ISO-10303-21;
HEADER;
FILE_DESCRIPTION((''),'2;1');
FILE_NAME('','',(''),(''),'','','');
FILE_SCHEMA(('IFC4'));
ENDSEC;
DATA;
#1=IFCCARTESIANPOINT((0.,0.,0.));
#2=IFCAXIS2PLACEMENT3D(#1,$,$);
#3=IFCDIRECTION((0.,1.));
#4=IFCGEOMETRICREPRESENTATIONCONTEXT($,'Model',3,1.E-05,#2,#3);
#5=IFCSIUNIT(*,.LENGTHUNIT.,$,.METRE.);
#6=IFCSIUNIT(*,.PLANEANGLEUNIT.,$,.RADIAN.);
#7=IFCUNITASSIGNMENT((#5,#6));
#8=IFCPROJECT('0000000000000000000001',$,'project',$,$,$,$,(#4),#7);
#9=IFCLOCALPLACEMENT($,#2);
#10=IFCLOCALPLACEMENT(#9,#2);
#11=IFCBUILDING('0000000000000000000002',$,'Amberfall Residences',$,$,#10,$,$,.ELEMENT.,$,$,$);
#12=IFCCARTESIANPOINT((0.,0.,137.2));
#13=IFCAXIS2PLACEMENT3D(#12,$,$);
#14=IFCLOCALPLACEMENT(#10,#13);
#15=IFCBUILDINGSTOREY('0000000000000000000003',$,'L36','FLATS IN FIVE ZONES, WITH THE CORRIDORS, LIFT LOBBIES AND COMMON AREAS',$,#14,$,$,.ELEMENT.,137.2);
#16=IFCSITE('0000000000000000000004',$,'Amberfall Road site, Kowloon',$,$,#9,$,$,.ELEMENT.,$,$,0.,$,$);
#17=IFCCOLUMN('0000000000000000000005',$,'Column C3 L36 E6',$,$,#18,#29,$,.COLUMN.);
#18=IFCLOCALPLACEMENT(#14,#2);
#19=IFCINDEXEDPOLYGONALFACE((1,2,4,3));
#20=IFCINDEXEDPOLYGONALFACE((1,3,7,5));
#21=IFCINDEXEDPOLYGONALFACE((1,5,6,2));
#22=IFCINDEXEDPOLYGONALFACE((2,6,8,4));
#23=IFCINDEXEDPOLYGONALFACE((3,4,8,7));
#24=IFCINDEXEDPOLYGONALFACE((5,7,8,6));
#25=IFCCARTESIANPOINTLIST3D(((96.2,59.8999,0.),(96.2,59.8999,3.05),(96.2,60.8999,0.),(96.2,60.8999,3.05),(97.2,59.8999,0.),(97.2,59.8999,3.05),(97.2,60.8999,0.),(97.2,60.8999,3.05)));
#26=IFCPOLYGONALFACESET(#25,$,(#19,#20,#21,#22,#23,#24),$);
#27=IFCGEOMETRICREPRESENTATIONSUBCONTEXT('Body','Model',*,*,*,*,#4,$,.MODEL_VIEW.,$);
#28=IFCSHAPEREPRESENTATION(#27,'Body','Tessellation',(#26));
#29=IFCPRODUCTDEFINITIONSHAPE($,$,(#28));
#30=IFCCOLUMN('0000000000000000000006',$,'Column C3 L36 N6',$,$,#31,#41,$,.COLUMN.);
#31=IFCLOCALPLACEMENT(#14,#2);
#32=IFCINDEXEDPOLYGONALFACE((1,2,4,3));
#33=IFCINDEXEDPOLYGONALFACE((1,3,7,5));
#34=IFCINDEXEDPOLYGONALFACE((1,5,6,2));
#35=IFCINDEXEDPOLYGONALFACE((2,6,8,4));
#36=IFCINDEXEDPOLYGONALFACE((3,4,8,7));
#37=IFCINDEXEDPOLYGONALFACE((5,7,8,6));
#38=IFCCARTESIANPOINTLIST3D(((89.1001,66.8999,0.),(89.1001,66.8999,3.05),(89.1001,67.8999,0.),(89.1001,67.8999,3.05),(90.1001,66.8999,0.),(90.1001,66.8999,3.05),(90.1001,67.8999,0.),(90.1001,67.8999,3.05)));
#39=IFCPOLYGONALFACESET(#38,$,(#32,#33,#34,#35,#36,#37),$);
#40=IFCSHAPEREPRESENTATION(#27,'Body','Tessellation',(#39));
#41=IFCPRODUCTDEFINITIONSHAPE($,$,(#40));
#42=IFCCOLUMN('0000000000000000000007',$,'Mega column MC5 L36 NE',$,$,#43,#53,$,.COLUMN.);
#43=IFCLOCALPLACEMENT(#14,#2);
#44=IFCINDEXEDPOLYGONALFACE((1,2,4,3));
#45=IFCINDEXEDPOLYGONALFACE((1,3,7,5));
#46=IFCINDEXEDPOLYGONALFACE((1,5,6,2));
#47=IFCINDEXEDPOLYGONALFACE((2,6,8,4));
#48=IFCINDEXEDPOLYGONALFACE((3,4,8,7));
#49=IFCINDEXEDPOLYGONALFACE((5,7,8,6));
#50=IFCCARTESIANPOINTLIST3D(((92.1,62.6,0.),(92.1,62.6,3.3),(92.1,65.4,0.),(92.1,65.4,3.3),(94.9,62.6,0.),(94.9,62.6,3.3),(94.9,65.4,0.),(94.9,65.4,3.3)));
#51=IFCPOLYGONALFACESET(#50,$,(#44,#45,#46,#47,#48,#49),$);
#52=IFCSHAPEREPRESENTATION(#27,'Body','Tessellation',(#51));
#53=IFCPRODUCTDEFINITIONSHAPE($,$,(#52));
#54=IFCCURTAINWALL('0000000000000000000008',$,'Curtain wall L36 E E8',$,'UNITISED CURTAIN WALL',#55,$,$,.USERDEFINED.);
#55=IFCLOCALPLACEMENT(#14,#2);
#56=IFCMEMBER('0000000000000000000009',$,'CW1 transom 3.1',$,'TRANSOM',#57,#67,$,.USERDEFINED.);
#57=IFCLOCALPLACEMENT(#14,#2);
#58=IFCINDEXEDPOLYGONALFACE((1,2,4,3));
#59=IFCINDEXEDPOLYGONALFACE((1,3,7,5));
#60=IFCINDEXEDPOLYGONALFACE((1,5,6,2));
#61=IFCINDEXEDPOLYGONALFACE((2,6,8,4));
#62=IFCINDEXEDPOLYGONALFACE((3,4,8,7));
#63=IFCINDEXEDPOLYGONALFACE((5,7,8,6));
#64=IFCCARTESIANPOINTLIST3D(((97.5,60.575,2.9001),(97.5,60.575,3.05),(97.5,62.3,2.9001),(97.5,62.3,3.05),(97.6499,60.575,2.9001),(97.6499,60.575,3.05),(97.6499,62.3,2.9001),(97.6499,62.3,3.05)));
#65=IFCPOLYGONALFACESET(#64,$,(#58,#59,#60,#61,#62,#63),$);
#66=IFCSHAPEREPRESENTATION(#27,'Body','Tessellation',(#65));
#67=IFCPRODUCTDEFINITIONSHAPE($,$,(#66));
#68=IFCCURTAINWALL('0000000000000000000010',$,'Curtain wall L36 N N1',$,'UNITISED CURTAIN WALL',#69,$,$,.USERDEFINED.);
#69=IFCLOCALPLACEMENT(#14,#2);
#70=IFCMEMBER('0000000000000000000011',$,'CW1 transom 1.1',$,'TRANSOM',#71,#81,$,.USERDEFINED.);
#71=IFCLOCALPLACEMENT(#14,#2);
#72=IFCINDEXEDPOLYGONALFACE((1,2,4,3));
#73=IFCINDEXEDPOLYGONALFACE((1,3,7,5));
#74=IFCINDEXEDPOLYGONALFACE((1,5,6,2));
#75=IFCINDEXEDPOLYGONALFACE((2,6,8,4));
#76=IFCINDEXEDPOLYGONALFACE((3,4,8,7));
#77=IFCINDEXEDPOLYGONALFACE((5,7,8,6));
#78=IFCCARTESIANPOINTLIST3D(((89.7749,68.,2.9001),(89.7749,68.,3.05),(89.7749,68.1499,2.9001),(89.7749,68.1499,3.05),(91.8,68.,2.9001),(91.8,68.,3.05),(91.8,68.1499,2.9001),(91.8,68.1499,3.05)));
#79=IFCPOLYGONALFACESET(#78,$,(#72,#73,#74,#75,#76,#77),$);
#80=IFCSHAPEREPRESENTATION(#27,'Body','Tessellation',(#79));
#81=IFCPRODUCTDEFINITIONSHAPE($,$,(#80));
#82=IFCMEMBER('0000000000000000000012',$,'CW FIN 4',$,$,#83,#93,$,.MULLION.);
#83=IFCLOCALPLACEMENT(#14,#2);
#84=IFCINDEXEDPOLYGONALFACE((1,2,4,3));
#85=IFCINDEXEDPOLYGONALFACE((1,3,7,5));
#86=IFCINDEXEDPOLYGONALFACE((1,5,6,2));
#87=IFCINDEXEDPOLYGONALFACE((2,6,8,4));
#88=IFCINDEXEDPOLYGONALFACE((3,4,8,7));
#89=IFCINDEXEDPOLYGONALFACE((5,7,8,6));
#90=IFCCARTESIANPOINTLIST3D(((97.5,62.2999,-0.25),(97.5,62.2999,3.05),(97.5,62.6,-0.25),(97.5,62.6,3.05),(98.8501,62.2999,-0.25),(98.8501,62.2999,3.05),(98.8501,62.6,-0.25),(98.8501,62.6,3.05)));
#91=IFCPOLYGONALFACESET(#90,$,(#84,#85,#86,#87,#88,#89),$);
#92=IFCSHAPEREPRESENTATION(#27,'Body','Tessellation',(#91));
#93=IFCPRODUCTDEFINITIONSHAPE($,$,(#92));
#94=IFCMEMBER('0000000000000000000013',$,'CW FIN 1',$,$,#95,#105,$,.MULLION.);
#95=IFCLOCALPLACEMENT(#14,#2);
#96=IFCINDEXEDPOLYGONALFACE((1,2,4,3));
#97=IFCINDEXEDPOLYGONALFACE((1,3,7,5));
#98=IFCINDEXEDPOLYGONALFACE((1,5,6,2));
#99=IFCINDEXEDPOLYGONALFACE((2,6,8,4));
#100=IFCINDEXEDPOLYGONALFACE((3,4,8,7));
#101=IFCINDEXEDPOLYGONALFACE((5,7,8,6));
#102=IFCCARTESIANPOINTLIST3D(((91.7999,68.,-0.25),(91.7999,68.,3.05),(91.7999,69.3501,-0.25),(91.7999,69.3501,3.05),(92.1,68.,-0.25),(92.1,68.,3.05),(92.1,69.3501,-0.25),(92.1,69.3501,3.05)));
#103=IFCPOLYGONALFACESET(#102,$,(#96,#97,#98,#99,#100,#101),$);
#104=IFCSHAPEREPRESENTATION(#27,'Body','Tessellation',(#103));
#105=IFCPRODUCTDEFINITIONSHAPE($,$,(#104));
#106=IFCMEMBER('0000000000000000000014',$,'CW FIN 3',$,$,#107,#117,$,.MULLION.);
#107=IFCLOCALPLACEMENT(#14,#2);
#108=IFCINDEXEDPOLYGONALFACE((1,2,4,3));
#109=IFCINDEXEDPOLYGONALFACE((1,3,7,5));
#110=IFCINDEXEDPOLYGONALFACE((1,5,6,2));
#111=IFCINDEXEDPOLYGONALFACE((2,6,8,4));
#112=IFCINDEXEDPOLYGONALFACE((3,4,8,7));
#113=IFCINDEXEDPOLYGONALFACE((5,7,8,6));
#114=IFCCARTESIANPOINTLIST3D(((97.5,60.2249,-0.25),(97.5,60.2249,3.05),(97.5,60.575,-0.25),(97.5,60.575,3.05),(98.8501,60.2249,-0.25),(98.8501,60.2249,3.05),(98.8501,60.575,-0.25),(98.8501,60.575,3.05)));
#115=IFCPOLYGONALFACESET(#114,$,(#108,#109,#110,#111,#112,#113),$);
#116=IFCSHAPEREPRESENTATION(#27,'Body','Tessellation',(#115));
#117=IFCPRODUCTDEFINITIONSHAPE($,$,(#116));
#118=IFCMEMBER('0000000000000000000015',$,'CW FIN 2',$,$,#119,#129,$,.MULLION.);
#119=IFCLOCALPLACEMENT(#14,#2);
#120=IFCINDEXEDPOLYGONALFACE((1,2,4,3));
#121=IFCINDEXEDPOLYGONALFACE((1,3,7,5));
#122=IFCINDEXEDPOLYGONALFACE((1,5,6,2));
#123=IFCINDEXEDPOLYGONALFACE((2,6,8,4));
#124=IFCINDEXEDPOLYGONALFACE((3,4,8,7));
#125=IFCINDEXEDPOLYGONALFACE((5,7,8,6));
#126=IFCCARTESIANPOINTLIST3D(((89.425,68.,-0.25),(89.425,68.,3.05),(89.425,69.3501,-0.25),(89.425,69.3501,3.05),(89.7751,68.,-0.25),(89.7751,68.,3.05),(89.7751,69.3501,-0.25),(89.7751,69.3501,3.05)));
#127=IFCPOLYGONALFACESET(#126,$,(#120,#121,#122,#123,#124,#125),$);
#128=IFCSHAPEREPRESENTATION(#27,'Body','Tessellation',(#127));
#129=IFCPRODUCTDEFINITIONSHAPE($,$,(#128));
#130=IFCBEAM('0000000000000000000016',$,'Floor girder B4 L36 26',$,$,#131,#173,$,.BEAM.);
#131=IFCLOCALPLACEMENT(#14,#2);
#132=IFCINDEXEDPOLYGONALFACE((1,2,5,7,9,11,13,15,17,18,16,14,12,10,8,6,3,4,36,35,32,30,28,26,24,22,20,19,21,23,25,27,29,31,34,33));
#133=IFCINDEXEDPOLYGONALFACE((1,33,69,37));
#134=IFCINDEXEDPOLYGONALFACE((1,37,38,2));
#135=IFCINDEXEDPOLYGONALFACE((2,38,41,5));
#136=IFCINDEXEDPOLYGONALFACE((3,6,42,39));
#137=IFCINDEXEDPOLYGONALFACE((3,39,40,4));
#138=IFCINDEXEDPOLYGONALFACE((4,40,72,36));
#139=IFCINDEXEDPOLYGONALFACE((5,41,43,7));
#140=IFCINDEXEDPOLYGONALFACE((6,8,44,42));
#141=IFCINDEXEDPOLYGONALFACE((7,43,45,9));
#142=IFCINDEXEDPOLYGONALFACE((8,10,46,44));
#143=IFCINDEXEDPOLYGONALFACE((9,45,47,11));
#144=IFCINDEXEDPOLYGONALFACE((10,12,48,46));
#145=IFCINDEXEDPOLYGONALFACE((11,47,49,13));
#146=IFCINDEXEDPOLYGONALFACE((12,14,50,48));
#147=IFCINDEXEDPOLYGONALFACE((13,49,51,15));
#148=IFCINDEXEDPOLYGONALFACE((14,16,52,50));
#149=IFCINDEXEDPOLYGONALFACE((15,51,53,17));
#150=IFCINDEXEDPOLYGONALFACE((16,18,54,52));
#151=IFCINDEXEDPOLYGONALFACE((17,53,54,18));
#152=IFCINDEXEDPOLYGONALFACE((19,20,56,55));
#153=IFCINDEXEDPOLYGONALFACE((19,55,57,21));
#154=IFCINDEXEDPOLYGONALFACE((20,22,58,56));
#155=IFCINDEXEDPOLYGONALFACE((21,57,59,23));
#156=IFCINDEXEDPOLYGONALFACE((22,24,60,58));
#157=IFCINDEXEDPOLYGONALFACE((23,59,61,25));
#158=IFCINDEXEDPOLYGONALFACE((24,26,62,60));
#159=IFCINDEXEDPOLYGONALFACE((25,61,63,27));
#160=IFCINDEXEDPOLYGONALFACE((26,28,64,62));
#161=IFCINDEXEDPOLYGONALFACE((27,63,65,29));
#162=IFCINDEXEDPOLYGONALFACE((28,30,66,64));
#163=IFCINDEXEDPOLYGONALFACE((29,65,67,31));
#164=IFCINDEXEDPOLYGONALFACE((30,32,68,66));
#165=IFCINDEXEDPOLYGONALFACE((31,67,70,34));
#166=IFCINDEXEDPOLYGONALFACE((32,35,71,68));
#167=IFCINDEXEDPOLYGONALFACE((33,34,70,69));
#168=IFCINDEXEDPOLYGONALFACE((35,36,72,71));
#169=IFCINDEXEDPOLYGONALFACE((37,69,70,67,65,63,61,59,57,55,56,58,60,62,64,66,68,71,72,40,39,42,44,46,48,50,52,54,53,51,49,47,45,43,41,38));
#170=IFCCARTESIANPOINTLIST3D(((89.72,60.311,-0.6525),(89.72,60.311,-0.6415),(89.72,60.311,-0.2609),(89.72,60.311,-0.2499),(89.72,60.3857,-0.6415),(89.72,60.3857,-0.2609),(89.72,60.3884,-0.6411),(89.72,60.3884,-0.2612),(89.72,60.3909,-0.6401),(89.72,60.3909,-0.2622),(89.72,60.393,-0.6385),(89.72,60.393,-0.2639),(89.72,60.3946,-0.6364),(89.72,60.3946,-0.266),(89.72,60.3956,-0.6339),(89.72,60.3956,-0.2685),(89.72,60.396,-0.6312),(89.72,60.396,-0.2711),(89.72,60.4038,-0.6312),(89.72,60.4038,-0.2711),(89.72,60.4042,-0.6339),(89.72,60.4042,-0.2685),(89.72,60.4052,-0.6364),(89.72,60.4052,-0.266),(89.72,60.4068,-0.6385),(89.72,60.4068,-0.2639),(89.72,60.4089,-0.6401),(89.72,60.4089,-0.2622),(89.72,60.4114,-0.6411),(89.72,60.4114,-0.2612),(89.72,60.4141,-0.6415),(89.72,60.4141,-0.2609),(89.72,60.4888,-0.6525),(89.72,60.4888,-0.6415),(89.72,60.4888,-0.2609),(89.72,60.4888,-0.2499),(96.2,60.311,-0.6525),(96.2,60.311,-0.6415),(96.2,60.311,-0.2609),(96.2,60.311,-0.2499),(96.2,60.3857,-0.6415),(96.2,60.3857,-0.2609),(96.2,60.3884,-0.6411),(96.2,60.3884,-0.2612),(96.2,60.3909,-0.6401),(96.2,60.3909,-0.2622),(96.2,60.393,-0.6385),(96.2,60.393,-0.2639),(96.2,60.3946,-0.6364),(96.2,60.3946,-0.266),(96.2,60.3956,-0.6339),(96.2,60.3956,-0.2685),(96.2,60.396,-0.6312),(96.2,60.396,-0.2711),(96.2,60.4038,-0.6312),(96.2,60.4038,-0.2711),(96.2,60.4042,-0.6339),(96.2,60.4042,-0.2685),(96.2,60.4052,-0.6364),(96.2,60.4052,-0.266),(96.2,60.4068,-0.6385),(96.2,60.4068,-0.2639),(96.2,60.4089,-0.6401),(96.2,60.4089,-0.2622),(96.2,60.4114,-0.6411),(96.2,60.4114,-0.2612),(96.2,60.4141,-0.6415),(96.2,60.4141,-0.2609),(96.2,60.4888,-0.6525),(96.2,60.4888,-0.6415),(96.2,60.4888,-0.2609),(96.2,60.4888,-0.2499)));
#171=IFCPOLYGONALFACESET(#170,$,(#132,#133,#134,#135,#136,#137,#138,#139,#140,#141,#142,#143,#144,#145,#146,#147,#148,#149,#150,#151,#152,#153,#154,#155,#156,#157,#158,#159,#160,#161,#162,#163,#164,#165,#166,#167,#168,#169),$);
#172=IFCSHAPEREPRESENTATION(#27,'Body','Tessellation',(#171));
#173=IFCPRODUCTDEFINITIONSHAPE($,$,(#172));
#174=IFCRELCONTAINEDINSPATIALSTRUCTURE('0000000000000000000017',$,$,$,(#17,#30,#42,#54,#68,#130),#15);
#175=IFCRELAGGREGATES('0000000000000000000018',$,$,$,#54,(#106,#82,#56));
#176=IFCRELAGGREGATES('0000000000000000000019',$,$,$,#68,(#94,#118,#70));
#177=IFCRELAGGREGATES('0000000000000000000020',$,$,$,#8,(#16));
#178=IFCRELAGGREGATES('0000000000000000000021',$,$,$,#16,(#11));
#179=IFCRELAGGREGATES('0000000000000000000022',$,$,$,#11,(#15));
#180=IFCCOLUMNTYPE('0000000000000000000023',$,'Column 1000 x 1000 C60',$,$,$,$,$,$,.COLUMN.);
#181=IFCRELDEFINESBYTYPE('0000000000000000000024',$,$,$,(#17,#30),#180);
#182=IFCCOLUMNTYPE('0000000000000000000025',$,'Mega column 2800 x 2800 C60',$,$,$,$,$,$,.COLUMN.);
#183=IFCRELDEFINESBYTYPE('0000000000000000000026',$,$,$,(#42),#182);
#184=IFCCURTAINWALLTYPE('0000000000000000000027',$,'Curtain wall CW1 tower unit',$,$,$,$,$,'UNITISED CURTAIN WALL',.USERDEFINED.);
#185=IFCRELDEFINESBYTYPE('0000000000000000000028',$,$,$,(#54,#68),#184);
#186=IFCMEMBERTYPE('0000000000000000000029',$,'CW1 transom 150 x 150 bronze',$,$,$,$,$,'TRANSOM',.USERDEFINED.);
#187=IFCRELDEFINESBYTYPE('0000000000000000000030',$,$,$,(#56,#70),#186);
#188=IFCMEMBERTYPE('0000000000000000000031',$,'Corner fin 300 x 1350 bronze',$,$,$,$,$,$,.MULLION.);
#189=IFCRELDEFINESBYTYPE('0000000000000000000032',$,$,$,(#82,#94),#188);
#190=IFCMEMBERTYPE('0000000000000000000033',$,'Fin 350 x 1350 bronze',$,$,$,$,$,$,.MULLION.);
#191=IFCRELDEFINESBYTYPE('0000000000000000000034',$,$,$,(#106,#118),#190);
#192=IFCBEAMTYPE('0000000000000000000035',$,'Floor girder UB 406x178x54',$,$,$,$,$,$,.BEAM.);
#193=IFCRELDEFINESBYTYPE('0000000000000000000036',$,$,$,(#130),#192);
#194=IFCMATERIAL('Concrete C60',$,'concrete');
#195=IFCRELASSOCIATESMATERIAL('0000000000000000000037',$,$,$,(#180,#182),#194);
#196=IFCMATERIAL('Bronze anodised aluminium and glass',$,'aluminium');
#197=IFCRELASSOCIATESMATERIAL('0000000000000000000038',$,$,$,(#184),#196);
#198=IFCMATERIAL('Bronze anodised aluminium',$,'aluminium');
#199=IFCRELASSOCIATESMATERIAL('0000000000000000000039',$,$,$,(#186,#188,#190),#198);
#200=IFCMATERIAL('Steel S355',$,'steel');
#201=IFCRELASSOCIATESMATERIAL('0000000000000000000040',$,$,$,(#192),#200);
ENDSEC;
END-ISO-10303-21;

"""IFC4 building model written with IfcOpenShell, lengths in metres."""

from ifc_helpers import new_model, si_unit, direction, frame, origin, origin_2d, place, context, subcontext, project, spatial, rectangle, i_section, extrude, material, material_profile, profile_set, type_object, element, aggregate, save


model = new_model("IFC4")

# Units and contexts
model_context = context("Model", 3, precision=1e-05, world=origin(), true_north=direction((0.0, 1.0)))
body_context = subcontext(model_context, "Body", "Model", "MODEL_VIEW")
ifc_project = project(units=[si_unit("LENGTHUNIT", "METRE"), si_unit("PLANEANGLEUNIT", "RADIAN")], contexts=[model_context])

# Site, building, storey
site_placement = place(None, origin())
site = spatial("IfcSite", under=ifc_project, at=site_placement, Name="Amberfall Road site, Kowloon", CompositionType="ELEMENT", RefElevation=0.0)
building_placement = place(site_placement, origin())
building = spatial("IfcBuilding", under=site, at=building_placement, Name="Amberfall Residences", CompositionType="ELEMENT")
storey_placement = place(building_placement, frame((0.0, 0.0, 137.2)))
storey = spatial("IfcBuildingStorey", under=building, at=storey_placement, Name="L36", Description="FLATS IN FIVE ZONES, WITH THE CORRIDORS, LIFT LOBBIES AND COMMON AREAS", CompositionType="ELEMENT", Elevation=137.2)

# Columns
ifc_material_1 = material(Name="Concrete C60", Category="concrete")
ifc_material_profile_1 = material_profile(ifc_material_1, rectangle(XDim=1.0, YDim=1.0, at=origin_2d()), Name="Column 1000 x 1000 C60")
ifc_profile_set_1 = profile_set([ifc_material_profile_1], Name="Concrete C60")
column_type_1 = type_object("IfcColumnType", Name="Column 1000 x 1000 C60", PredefinedType="COLUMN", material=ifc_profile_set_1)
for number, where, z_axis, x_axis, name in (
    (1, (96.7, 60.3999, 0.0), (0.0, 0.0, 1.0), (1.0, 0.0, 0.0), "Column C3 L36 E6"),
    (2, (89.6001, 67.3999, 0.0), (0.0, 0.0, 1.0), (1.0, 0.0, 0.0), "Column C3 L36 N6"),
):
    element("IfcColumn", number, at=place(storey_placement, frame(where, z_axis=z_axis, x_axis=x_axis)), inside=storey, type_object=column_type_1, Name=name, PredefinedType="COLUMN", context=body_context, shape_type="SweptSolid", body=[
        extrude(rectangle(XDim=1.0, YDim=1.0, at=origin_2d()), origin(), (0.0, 0.0, 1.0), 3.05),
    ])
ifc_material_profile_2 = material_profile(ifc_material_1, rectangle(XDim=2.8, YDim=2.8, at=origin_2d()), Name="Mega column 2800 x 2800 C60")
ifc_profile_set_2 = profile_set([ifc_material_profile_2], Name="Concrete C60")
column_type_2 = type_object("IfcColumnType", Name="Mega column 2800 x 2800 C60", PredefinedType="COLUMN", material=ifc_profile_set_2)
column_placement = place(storey_placement, frame((93.5, 64.0, 0.0), z_axis=(0.0, 0.0, 1.0), x_axis=(1.0, 0.0, 0.0)))
element("IfcColumn", 3, at=column_placement, inside=storey, type_object=column_type_2, Name="Mega column MC5 L36 NE", PredefinedType="COLUMN", context=body_context, shape_type="SweptSolid", body=[
    extrude(rectangle(XDim=2.8, YDim=2.8, at=origin_2d()), origin(), (0.0, 0.0, 1.0), 3.3),
])

# Curtain walls, members
ifc_material_2 = material(Name="Bronze anodised aluminium and glass", Category="aluminium")
curtain_wall_type = type_object("IfcCurtainWallType", Name="Curtain wall CW1 tower unit", ElementType="UNITISED CURTAIN WALL", PredefinedType="USERDEFINED", material=ifc_material_2)
curtain_wall_1_placement = place(storey_placement, origin())
curtain_wall_1 = element("IfcCurtainWall", 4, at=curtain_wall_1_placement, inside=storey, type_object=curtain_wall_type, Name="Curtain wall L36 E E8", ObjectType="UNITISED CURTAIN WALL", PredefinedType="USERDEFINED")
ifc_material_3 = material(Name="Bronze anodised aluminium", Category="aluminium")
ifc_material_profile_3 = material_profile(ifc_material_3, rectangle(XDim=0.1499, YDim=0.1499, at=origin_2d()), Name="CW1 transom 150 x 150 bronze")
ifc_profile_set_3 = profile_set([ifc_material_profile_3], Name="Bronze anodised aluminium")
member_type_1 = type_object("IfcMemberType", Name="CW1 transom 150 x 150 bronze", ElementType="TRANSOM", PredefinedType="USERDEFINED", material=ifc_profile_set_3)
member_1_placement = place(storey_placement, frame((97.575, 60.575, 2.9751), z_axis=(0.0, 1.0, 0.0), x_axis=(-1.0, 0.0, 0.0)))
member_1 = element("IfcMember", 5, at=member_1_placement, type_object=member_type_1, Name="CW1 transom 3.1", ObjectType="TRANSOM", PredefinedType="USERDEFINED", context=body_context, shape_type="SweptSolid", body=[
    extrude(rectangle(XDim=0.1499, YDim=0.1499, at=origin_2d()), origin(), (0.0, 0.0, 1.0), 1.7251),
])
curtain_wall_2_placement = place(storey_placement, origin())
curtain_wall_2 = element("IfcCurtainWall", 6, at=curtain_wall_2_placement, inside=storey, type_object=curtain_wall_type, Name="Curtain wall L36 N N1", ObjectType="UNITISED CURTAIN WALL", PredefinedType="USERDEFINED")
member_2_placement = place(storey_placement, frame((91.8, 68.075, 2.9751), z_axis=(-1.0, 0.0, 0.0), x_axis=(0.0, -1.0, 0.0)))
member_2 = element("IfcMember", 7, at=member_2_placement, type_object=member_type_1, Name="CW1 transom 1.1", ObjectType="TRANSOM", PredefinedType="USERDEFINED", context=body_context, shape_type="SweptSolid", body=[
    extrude(rectangle(XDim=0.1499, YDim=0.1499, at=origin_2d()), origin(), (0.0, 0.0, 1.0), 2.0251),
])

# Members
ifc_material_profile_4 = material_profile(ifc_material_3, rectangle(XDim=1.3501, YDim=0.3, at=origin_2d()), Name="Corner fin 300 x 1350 bronze")
ifc_profile_set_4 = profile_set([ifc_material_profile_4], Name="Bronze anodised aluminium")
member_type_2 = type_object("IfcMemberType", Name="Corner fin 300 x 1350 bronze", PredefinedType="MULLION", material=ifc_profile_set_4)
member_3_placement = place(storey_placement, frame((98.175, 62.45, -0.25), z_axis=(0.0, 0.0, 1.0), x_axis=(-1.0, 0.0, 0.0)))
member_3 = element("IfcMember", 8, at=member_3_placement, type_object=member_type_2, Name="CW FIN 4", PredefinedType="MULLION", context=body_context, shape_type="SweptSolid", body=[
    extrude(rectangle(XDim=1.3501, YDim=0.3, at=origin_2d()), origin(), (0.0, 0.0, 1.0), 3.3),
])
member_4_placement = place(storey_placement, frame((91.95, 68.675, -0.25), z_axis=(0.0, 0.0, 1.0), x_axis=(0.0, -1.0, 0.0)))
member_4 = element("IfcMember", 9, at=member_4_placement, type_object=member_type_2, Name="CW FIN 1", PredefinedType="MULLION", context=body_context, shape_type="SweptSolid", body=[
    extrude(rectangle(XDim=1.3501, YDim=0.3, at=origin_2d()), origin(), (0.0, 0.0, 1.0), 3.3),
])
ifc_material_profile_5 = material_profile(ifc_material_3, rectangle(XDim=1.3501, YDim=0.3501, at=origin_2d()), Name="Fin 350 x 1350 bronze")
ifc_profile_set_5 = profile_set([ifc_material_profile_5], Name="Bronze anodised aluminium")
member_type_3 = type_object("IfcMemberType", Name="Fin 350 x 1350 bronze", PredefinedType="MULLION", material=ifc_profile_set_5)
member_5_placement = place(storey_placement, frame((98.175, 60.3999, -0.25), z_axis=(0.0, 0.0, 1.0), x_axis=(-1.0, 0.0, 0.0)))
member_5 = element("IfcMember", 10, at=member_5_placement, type_object=member_type_3, Name="CW FIN 3", PredefinedType="MULLION", context=body_context, shape_type="SweptSolid", body=[
    extrude(rectangle(XDim=1.3501, YDim=0.3501, at=origin_2d()), origin(), (0.0, 0.0, 1.0), 3.3),
])
member_6_placement = place(storey_placement, frame((89.6001, 68.675, -0.25), z_axis=(0.0, 0.0, 1.0), x_axis=(0.0, -1.0, 0.0)))
member_6 = element("IfcMember", 11, at=member_6_placement, type_object=member_type_3, Name="CW FIN 2", PredefinedType="MULLION", context=body_context, shape_type="SweptSolid", body=[
    extrude(rectangle(XDim=1.3501, YDim=0.3501, at=origin_2d()), origin(), (0.0, 0.0, 1.0), 3.3),
])

# Beam
ifc_material_4 = material(Name="Steel S355", Category="steel")
ifc_material_profile_6 = material_profile(ifc_material_4, i_section(OverallWidth=0.1777, OverallDepth=0.4026, WebThickness=0.0078, FlangeThickness=0.011, FilletRadius=0.0103, at=origin_2d()), Name="UB 406x178x54")
ifc_profile_set_6 = profile_set([ifc_material_profile_6], Name="Steel S355")
beam_type_1 = type_object("IfcBeamType", Name="Floor girder UB 406x178x54", PredefinedType="BEAM", material=ifc_profile_set_6)
beam_1_placement = place(storey_placement, frame((96.2, 60.3999, -0.4512), z_axis=(-1.0, 0.0, 0.0), x_axis=(0.0, -1.0, 0.0)))
element("IfcBeam", 12, at=beam_1_placement, inside=storey, type_object=beam_type_1, Name="Floor girder B4 L36 26", PredefinedType="BEAM", context=body_context, shape_type="SweptSolid", body=[
    extrude(i_section(OverallWidth=0.1777, OverallDepth=0.4026, WebThickness=0.0078, FlangeThickness=0.011, FilletRadius=0.0103, at=origin_2d()), origin(), (0.0, 0.0, 1.0), 6.48),
])

aggregate(curtain_wall_1, [member_5, member_3, member_1])
aggregate(curtain_wall_2, [member_4, member_6, member_2])

save(model, "model.ifc")
